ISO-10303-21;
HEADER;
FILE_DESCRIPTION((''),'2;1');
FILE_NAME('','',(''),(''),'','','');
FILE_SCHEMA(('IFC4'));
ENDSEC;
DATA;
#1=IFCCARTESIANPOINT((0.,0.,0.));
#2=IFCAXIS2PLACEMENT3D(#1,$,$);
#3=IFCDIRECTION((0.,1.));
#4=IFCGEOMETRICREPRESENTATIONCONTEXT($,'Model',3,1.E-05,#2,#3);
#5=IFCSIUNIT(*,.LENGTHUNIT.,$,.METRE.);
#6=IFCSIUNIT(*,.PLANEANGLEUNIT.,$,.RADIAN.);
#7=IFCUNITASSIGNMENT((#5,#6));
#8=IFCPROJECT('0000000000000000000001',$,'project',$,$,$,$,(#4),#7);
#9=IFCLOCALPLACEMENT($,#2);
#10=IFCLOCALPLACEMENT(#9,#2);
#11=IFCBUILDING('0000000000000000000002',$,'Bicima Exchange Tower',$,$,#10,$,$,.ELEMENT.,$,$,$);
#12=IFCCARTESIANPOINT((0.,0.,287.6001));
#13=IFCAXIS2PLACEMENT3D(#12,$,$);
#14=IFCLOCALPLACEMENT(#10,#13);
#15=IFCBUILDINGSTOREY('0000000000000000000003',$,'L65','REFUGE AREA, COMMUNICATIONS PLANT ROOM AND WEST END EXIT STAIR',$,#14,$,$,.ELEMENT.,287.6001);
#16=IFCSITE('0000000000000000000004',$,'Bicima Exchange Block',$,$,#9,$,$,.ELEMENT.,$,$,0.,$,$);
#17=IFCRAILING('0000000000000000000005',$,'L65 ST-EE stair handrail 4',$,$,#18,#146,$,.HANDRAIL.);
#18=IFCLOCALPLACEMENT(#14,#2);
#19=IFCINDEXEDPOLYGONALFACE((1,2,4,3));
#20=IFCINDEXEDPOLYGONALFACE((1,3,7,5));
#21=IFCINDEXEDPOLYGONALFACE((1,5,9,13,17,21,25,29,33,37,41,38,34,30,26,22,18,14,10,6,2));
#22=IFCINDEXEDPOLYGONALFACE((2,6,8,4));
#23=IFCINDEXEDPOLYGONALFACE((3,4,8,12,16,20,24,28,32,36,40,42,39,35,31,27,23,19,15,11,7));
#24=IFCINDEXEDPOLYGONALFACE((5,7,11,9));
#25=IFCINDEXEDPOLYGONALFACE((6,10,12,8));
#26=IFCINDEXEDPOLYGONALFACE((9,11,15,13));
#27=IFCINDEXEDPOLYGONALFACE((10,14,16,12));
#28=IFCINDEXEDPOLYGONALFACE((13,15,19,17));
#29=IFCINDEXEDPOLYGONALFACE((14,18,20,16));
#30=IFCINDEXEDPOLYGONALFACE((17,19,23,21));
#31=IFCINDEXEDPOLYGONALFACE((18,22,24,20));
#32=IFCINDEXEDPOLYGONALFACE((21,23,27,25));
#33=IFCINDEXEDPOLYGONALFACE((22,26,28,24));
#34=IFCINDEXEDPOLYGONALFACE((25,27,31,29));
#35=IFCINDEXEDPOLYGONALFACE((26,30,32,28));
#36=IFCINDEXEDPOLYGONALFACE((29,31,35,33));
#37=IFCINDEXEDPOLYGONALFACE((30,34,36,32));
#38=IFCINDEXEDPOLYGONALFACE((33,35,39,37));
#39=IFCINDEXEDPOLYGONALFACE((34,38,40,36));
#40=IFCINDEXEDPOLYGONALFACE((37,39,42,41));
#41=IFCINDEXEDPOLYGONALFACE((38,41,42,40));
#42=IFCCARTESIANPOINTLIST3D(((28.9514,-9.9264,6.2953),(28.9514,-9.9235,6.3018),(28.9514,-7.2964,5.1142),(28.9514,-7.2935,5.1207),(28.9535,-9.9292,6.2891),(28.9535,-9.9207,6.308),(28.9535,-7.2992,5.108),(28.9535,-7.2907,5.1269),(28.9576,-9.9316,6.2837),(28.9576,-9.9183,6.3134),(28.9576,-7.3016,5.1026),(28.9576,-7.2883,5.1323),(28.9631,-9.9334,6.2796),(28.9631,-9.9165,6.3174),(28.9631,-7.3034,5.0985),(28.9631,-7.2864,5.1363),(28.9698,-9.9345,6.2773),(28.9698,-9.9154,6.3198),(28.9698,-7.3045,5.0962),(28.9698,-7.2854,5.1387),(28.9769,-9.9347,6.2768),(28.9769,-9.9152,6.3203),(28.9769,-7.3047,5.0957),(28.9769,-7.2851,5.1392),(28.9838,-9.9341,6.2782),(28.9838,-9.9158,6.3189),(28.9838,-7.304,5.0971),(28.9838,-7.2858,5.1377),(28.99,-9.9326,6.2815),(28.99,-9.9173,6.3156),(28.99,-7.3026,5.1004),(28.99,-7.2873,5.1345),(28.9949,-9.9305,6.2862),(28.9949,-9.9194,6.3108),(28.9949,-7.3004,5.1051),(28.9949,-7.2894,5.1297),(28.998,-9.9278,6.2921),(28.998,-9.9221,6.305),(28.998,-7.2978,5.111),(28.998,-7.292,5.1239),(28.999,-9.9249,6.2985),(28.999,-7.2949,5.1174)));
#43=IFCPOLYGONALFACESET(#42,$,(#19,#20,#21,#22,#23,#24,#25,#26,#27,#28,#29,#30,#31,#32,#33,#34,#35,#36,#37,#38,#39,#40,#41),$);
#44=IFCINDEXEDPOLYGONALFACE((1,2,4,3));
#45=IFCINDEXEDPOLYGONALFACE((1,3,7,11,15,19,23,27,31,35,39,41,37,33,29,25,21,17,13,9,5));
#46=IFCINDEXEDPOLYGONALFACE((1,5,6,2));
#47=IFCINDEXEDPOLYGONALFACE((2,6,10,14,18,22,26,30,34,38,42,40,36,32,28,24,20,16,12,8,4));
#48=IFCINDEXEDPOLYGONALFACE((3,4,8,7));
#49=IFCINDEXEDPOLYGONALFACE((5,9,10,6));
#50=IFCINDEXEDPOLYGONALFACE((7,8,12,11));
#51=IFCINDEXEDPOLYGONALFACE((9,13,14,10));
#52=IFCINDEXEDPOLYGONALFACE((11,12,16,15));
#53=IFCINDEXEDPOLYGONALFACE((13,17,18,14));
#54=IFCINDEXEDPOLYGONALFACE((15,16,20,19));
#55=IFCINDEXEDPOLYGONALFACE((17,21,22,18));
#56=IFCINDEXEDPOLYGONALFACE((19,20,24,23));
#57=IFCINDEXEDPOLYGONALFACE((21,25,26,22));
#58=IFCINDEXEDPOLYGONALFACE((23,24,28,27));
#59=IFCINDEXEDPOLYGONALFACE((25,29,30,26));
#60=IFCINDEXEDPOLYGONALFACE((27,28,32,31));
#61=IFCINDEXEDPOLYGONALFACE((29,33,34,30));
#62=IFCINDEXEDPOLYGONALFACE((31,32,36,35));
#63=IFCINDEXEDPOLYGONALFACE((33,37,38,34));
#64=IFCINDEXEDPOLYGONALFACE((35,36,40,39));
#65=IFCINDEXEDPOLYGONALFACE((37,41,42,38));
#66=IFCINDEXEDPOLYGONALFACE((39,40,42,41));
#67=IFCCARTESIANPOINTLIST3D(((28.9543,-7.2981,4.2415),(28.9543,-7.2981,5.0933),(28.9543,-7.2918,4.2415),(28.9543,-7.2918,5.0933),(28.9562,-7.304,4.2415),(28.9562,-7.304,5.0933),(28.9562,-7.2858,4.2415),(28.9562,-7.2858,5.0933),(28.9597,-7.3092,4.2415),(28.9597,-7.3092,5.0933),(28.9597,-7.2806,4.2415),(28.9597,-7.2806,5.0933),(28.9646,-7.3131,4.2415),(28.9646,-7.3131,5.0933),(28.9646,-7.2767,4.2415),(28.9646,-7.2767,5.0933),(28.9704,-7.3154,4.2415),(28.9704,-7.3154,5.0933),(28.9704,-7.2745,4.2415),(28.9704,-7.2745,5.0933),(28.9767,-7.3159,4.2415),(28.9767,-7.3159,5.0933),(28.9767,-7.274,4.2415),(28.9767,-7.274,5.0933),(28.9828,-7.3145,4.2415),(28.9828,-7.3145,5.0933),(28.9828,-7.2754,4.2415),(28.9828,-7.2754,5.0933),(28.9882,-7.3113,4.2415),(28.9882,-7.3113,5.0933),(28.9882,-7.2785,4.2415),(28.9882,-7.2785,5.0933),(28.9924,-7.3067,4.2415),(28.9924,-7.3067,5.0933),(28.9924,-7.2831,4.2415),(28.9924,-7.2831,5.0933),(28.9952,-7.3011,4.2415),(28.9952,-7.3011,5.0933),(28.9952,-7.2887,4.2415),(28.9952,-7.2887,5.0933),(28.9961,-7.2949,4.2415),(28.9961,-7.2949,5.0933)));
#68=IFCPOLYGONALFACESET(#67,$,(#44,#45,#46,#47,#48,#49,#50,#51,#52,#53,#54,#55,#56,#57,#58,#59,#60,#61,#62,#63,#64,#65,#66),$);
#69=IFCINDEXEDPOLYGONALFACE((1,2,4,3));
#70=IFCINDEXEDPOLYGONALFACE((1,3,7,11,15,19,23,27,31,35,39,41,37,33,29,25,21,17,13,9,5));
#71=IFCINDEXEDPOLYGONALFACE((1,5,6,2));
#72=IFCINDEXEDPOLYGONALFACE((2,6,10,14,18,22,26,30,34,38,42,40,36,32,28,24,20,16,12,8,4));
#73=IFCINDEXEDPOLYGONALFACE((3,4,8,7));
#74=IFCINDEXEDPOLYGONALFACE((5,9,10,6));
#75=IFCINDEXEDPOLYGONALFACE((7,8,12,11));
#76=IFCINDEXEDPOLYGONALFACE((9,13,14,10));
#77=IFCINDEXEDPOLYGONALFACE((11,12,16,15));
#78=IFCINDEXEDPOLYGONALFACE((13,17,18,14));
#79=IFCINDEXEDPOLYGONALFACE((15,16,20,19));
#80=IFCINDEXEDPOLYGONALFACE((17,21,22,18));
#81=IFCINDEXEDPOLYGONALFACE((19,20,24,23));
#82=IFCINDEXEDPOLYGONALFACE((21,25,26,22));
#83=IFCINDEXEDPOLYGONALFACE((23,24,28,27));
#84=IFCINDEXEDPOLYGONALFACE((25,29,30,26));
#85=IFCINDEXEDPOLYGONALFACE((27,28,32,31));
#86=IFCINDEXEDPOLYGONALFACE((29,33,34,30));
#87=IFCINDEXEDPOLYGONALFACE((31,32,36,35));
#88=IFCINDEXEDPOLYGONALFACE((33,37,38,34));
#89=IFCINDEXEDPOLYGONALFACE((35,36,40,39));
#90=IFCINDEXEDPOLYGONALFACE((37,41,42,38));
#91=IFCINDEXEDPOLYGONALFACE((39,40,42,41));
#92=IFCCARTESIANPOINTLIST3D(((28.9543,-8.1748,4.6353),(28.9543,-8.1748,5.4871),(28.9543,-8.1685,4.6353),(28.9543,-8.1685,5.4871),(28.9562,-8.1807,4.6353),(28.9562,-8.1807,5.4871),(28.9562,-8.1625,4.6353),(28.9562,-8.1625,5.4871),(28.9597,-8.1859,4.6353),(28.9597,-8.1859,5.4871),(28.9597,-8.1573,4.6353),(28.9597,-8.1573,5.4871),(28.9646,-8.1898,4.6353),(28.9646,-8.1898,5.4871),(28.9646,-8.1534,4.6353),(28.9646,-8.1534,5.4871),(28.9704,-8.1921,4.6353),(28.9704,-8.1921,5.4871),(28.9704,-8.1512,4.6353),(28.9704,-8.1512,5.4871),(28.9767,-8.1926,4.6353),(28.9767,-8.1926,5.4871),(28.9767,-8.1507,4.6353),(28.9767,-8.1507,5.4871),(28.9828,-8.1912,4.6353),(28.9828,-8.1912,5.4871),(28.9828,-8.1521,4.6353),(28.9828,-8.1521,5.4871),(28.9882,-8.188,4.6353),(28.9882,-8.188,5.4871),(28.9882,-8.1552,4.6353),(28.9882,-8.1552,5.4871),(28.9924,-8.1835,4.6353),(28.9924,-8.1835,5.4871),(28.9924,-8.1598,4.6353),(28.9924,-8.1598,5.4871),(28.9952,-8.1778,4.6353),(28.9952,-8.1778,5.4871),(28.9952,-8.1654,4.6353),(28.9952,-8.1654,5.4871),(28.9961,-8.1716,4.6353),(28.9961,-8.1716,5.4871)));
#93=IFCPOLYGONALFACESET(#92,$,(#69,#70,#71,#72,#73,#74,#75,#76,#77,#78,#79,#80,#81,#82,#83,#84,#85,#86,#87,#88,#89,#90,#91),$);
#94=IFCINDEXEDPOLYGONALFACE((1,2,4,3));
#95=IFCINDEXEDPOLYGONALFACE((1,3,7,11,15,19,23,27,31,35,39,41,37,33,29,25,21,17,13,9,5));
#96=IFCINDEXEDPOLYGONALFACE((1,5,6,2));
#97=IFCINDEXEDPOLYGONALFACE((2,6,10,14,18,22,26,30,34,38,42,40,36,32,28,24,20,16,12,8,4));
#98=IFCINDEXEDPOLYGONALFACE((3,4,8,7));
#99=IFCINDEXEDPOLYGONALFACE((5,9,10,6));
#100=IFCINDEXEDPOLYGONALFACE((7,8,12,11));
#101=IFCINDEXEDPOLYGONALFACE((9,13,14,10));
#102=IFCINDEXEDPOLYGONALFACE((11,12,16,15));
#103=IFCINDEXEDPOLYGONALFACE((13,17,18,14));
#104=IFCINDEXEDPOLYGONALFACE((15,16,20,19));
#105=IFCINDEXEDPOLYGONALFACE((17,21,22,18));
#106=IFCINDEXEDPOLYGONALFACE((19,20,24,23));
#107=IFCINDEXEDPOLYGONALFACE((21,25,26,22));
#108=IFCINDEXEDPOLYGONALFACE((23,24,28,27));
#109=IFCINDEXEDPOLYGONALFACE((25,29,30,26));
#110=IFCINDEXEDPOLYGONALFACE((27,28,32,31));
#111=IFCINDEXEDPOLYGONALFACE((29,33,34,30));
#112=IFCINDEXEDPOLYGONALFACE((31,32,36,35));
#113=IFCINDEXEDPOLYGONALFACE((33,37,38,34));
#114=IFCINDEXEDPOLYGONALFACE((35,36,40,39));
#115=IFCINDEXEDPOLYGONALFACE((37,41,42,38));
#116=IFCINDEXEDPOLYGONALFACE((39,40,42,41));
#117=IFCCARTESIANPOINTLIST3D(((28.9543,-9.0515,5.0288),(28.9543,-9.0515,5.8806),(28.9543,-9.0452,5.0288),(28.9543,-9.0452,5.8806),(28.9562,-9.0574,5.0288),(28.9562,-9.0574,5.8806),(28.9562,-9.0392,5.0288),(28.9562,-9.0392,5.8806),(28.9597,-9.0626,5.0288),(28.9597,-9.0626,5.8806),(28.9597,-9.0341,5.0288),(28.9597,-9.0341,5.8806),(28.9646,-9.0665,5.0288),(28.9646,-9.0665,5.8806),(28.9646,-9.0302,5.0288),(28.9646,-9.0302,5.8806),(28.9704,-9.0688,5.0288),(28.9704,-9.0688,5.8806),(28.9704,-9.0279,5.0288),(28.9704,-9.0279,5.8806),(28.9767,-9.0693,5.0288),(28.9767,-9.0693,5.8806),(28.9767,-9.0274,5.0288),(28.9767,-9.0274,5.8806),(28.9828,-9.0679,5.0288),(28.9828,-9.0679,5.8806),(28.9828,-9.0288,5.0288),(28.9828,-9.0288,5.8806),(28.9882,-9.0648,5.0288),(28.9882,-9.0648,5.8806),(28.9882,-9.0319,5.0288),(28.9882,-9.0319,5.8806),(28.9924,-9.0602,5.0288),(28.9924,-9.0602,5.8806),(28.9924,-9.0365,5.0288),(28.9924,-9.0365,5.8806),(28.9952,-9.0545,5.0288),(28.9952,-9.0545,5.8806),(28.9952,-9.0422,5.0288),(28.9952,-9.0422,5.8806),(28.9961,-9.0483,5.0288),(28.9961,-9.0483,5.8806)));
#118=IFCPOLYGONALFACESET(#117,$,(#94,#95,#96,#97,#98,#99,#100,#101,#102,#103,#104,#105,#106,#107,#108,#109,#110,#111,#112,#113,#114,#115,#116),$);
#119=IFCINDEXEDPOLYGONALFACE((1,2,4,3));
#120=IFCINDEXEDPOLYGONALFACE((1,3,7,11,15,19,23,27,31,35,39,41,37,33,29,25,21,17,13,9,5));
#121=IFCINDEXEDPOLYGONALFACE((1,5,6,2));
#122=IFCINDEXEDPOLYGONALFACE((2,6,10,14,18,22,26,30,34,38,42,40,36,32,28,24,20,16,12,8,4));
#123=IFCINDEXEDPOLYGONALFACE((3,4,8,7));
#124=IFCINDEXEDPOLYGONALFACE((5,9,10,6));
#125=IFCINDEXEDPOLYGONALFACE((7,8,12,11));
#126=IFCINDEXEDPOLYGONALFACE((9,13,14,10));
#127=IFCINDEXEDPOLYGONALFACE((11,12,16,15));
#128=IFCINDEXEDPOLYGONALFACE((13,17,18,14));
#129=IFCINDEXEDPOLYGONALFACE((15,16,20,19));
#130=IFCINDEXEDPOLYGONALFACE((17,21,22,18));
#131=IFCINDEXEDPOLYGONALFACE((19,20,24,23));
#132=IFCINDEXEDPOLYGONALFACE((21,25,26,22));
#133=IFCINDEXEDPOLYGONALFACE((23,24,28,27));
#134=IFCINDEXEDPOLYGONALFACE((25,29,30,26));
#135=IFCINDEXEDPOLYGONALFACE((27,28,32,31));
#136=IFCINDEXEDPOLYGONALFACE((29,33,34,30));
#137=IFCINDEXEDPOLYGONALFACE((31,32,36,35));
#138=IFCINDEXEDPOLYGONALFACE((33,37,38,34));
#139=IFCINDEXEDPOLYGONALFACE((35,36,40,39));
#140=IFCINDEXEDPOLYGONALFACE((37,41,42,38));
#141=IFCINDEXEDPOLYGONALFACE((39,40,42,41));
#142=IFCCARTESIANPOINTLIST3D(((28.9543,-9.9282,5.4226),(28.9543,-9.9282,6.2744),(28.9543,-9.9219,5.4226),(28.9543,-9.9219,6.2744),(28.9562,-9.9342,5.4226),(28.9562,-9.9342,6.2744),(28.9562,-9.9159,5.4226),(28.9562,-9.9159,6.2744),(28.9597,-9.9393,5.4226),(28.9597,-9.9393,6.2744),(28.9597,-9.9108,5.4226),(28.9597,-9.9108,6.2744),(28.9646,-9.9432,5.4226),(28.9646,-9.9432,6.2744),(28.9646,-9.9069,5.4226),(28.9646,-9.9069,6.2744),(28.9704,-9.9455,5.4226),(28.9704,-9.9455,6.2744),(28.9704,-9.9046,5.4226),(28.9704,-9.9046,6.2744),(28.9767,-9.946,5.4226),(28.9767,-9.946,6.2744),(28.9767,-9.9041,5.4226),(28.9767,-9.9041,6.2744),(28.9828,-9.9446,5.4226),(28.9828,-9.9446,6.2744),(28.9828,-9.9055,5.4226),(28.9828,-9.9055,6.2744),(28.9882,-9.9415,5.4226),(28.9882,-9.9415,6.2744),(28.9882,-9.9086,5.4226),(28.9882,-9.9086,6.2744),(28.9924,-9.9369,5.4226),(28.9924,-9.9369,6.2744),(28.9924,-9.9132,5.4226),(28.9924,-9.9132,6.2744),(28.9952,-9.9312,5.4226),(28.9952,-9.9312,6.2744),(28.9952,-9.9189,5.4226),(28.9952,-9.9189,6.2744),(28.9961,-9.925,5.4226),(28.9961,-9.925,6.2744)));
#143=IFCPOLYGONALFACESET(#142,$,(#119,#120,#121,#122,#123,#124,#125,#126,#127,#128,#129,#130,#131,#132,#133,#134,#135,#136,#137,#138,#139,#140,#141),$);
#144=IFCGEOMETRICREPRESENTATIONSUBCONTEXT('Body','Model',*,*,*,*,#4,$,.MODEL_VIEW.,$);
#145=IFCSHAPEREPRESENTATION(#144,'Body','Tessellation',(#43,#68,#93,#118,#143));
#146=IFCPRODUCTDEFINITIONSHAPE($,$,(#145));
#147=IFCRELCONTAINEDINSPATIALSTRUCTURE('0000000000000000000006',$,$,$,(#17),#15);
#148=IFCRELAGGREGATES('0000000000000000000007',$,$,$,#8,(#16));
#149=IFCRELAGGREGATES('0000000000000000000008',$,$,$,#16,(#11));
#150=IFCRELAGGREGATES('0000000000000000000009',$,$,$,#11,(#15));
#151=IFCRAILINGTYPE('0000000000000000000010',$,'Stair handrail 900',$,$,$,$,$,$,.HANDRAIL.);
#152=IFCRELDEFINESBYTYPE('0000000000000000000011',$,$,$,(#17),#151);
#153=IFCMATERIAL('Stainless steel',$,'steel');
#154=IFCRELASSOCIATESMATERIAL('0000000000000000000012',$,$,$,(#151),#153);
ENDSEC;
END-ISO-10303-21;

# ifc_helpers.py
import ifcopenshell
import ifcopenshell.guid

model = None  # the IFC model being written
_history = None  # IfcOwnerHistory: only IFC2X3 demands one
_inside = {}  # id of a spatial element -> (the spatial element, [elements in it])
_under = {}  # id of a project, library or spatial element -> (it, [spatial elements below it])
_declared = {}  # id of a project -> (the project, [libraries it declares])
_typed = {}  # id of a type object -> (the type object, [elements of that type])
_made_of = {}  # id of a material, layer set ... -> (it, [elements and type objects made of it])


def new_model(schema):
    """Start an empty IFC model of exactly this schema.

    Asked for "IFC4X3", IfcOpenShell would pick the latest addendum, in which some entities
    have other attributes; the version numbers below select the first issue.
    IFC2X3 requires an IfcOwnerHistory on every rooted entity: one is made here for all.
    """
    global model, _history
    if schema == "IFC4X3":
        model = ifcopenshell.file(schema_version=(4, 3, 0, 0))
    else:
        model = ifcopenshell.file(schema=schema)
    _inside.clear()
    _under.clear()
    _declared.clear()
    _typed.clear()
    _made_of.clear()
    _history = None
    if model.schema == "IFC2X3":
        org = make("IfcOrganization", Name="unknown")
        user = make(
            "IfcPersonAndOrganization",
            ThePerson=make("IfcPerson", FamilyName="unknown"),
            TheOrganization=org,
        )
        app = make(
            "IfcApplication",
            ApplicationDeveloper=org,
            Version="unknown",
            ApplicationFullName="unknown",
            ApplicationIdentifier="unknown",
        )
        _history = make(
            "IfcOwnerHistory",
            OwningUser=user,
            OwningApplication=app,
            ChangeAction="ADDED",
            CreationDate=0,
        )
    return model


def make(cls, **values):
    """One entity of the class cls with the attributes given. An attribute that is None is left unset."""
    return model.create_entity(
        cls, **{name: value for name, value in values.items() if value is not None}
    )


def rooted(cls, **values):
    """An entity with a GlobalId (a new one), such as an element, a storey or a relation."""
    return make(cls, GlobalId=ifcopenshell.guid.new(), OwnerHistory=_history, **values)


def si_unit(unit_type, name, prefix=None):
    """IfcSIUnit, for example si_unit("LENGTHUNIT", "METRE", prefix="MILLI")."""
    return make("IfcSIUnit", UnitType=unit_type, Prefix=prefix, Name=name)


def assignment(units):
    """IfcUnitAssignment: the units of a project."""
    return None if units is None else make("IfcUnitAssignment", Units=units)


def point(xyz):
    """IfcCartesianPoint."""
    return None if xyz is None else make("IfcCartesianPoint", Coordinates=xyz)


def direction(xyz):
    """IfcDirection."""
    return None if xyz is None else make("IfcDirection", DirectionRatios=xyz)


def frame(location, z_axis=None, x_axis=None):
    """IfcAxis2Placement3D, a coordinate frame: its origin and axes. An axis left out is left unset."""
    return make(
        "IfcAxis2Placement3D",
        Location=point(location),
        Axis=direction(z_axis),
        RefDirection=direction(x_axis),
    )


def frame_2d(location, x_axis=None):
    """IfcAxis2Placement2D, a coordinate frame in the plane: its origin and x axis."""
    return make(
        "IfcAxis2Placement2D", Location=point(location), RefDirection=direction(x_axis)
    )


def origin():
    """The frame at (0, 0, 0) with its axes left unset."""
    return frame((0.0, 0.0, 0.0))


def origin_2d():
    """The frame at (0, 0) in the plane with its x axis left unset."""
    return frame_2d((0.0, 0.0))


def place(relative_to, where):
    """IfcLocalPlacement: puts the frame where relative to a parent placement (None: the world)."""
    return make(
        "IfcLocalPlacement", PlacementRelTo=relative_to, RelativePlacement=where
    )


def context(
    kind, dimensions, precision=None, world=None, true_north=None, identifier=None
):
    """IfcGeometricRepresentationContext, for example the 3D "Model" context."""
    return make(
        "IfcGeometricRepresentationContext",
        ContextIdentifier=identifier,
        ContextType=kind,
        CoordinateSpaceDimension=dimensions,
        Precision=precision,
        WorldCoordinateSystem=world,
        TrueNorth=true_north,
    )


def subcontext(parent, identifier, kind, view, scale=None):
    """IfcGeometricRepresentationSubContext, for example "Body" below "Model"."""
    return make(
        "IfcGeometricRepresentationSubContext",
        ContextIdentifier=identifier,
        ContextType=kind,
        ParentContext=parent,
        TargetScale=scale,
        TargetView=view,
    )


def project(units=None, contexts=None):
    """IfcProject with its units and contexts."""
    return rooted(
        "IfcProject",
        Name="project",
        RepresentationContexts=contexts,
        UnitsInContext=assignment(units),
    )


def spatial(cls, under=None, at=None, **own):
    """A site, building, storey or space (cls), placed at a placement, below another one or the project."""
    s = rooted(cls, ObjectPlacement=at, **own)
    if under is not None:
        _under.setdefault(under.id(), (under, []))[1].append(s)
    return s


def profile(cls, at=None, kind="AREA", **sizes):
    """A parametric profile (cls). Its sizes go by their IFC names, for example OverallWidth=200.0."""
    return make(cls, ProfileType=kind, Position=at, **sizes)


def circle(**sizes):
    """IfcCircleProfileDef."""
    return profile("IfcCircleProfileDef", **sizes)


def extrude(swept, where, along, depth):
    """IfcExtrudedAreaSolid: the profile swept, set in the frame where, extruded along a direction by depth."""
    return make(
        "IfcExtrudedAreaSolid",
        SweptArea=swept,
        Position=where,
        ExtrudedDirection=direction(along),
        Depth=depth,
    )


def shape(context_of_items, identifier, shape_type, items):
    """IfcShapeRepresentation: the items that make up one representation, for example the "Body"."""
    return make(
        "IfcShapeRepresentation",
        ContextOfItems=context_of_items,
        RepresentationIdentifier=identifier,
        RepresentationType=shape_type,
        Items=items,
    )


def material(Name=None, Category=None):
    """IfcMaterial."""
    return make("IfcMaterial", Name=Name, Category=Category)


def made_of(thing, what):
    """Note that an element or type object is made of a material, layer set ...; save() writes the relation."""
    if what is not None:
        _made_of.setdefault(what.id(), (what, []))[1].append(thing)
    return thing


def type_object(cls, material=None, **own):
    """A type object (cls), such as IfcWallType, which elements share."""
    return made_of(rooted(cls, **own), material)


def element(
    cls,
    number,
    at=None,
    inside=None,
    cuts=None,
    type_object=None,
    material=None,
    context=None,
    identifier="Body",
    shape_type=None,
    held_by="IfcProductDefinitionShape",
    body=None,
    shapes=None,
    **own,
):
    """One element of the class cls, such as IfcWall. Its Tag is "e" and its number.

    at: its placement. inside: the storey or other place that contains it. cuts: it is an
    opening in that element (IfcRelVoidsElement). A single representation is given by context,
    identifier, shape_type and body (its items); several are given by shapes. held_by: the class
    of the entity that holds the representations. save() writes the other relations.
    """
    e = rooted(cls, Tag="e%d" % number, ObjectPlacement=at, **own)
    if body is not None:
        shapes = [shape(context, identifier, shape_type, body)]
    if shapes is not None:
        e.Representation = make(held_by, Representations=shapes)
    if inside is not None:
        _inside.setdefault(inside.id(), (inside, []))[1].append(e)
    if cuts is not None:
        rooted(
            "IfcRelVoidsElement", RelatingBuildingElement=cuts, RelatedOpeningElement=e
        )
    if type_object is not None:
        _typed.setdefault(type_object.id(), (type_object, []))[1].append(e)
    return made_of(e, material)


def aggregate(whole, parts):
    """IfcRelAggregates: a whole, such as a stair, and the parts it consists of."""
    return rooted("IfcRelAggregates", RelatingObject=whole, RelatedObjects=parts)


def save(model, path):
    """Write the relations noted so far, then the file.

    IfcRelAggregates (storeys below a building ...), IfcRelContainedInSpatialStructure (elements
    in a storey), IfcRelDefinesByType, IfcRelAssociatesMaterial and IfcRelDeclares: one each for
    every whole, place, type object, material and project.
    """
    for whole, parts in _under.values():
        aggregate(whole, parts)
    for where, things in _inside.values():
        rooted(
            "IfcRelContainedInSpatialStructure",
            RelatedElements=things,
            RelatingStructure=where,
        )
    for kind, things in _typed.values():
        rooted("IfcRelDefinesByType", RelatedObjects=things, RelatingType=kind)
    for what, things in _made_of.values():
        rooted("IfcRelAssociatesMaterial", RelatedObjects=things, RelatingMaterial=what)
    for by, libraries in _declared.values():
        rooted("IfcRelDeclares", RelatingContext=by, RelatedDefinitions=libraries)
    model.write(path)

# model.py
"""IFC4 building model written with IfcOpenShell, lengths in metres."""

from ifc_helpers import new_model, si_unit, direction, frame, origin, origin_2d, place, context, subcontext, project, spatial, circle, extrude, material, type_object, element, save


model = new_model("IFC4")

# Units and contexts
model_context = context("Model", 3, precision=1e-05, world=origin(), true_north=direction((0.0, 1.0)))
body_context = subcontext(model_context, "Body", "Model", "MODEL_VIEW")
ifc_project = project(units=[si_unit("LENGTHUNIT", "METRE"), si_unit("PLANEANGLEUNIT", "RADIAN")], contexts=[model_context])

# Site, building, storey
site_placement = place(None, origin())
site = spatial("IfcSite", under=ifc_project, at=site_placement, Name="Bicima Exchange Block", CompositionType="ELEMENT", RefElevation=0.0)
building_placement = place(site_placement, origin())
building = spatial("IfcBuilding", under=site, at=building_placement, Name="Bicima Exchange Tower", CompositionType="ELEMENT")
storey_placement = place(building_placement, frame((0.0, 0.0, 287.6001)))
storey = spatial("IfcBuildingStorey", under=building, at=storey_placement, Name="L65", Description="REFUGE AREA, COMMUNICATIONS PLANT ROOM AND WEST END EXIT STAIR", CompositionType="ELEMENT", Elevation=287.6001)

# Railing
ifc_material_1 = material(Name="Stainless steel", Category="steel")
railing_type_1 = type_object("IfcRailingType", Name="Stair handrail 900", PredefinedType="HANDRAIL", material=ifc_material_1)
railing_1_placement = place(storey_placement, frame((28.9751, -7.2949, 4.2415)))
element("IfcRailing", 1, at=railing_1_placement, inside=storey, type_object=railing_type_1, Name="L65 ST-EE stair handrail 4", PredefinedType="HANDRAIL", context=body_context, shape_type="SweptSolid", body=[
    extrude(circle(Radius=0.0239, at=origin_2d()), frame((0.0, 0.0, 0.876), z_axis=(0.0, -0.912233, 0.409671), x_axis=(1.0, 0.0, 0.0)), (0.0, 0.0, 1.0), 2.8831),
    extrude(circle(Radius=0.021, at=origin_2d()), origin(), (0.0, 0.0, 1.0), 0.8518),
    extrude(circle(Radius=0.021, at=origin_2d()), frame((0.0, -0.8767, 0.3938)), (0.0, 0.0, 1.0), 0.8518),
    extrude(circle(Radius=0.021, at=origin_2d()), frame((0.0, -1.7534, 0.7874)), (0.0, 0.0, 1.0), 0.8518),
    extrude(circle(Radius=0.021, at=origin_2d()), frame((0.0, -2.6301, 1.1812)), (0.0, 0.0, 1.0), 0.8518),
])

save(model, "model.ifc")
